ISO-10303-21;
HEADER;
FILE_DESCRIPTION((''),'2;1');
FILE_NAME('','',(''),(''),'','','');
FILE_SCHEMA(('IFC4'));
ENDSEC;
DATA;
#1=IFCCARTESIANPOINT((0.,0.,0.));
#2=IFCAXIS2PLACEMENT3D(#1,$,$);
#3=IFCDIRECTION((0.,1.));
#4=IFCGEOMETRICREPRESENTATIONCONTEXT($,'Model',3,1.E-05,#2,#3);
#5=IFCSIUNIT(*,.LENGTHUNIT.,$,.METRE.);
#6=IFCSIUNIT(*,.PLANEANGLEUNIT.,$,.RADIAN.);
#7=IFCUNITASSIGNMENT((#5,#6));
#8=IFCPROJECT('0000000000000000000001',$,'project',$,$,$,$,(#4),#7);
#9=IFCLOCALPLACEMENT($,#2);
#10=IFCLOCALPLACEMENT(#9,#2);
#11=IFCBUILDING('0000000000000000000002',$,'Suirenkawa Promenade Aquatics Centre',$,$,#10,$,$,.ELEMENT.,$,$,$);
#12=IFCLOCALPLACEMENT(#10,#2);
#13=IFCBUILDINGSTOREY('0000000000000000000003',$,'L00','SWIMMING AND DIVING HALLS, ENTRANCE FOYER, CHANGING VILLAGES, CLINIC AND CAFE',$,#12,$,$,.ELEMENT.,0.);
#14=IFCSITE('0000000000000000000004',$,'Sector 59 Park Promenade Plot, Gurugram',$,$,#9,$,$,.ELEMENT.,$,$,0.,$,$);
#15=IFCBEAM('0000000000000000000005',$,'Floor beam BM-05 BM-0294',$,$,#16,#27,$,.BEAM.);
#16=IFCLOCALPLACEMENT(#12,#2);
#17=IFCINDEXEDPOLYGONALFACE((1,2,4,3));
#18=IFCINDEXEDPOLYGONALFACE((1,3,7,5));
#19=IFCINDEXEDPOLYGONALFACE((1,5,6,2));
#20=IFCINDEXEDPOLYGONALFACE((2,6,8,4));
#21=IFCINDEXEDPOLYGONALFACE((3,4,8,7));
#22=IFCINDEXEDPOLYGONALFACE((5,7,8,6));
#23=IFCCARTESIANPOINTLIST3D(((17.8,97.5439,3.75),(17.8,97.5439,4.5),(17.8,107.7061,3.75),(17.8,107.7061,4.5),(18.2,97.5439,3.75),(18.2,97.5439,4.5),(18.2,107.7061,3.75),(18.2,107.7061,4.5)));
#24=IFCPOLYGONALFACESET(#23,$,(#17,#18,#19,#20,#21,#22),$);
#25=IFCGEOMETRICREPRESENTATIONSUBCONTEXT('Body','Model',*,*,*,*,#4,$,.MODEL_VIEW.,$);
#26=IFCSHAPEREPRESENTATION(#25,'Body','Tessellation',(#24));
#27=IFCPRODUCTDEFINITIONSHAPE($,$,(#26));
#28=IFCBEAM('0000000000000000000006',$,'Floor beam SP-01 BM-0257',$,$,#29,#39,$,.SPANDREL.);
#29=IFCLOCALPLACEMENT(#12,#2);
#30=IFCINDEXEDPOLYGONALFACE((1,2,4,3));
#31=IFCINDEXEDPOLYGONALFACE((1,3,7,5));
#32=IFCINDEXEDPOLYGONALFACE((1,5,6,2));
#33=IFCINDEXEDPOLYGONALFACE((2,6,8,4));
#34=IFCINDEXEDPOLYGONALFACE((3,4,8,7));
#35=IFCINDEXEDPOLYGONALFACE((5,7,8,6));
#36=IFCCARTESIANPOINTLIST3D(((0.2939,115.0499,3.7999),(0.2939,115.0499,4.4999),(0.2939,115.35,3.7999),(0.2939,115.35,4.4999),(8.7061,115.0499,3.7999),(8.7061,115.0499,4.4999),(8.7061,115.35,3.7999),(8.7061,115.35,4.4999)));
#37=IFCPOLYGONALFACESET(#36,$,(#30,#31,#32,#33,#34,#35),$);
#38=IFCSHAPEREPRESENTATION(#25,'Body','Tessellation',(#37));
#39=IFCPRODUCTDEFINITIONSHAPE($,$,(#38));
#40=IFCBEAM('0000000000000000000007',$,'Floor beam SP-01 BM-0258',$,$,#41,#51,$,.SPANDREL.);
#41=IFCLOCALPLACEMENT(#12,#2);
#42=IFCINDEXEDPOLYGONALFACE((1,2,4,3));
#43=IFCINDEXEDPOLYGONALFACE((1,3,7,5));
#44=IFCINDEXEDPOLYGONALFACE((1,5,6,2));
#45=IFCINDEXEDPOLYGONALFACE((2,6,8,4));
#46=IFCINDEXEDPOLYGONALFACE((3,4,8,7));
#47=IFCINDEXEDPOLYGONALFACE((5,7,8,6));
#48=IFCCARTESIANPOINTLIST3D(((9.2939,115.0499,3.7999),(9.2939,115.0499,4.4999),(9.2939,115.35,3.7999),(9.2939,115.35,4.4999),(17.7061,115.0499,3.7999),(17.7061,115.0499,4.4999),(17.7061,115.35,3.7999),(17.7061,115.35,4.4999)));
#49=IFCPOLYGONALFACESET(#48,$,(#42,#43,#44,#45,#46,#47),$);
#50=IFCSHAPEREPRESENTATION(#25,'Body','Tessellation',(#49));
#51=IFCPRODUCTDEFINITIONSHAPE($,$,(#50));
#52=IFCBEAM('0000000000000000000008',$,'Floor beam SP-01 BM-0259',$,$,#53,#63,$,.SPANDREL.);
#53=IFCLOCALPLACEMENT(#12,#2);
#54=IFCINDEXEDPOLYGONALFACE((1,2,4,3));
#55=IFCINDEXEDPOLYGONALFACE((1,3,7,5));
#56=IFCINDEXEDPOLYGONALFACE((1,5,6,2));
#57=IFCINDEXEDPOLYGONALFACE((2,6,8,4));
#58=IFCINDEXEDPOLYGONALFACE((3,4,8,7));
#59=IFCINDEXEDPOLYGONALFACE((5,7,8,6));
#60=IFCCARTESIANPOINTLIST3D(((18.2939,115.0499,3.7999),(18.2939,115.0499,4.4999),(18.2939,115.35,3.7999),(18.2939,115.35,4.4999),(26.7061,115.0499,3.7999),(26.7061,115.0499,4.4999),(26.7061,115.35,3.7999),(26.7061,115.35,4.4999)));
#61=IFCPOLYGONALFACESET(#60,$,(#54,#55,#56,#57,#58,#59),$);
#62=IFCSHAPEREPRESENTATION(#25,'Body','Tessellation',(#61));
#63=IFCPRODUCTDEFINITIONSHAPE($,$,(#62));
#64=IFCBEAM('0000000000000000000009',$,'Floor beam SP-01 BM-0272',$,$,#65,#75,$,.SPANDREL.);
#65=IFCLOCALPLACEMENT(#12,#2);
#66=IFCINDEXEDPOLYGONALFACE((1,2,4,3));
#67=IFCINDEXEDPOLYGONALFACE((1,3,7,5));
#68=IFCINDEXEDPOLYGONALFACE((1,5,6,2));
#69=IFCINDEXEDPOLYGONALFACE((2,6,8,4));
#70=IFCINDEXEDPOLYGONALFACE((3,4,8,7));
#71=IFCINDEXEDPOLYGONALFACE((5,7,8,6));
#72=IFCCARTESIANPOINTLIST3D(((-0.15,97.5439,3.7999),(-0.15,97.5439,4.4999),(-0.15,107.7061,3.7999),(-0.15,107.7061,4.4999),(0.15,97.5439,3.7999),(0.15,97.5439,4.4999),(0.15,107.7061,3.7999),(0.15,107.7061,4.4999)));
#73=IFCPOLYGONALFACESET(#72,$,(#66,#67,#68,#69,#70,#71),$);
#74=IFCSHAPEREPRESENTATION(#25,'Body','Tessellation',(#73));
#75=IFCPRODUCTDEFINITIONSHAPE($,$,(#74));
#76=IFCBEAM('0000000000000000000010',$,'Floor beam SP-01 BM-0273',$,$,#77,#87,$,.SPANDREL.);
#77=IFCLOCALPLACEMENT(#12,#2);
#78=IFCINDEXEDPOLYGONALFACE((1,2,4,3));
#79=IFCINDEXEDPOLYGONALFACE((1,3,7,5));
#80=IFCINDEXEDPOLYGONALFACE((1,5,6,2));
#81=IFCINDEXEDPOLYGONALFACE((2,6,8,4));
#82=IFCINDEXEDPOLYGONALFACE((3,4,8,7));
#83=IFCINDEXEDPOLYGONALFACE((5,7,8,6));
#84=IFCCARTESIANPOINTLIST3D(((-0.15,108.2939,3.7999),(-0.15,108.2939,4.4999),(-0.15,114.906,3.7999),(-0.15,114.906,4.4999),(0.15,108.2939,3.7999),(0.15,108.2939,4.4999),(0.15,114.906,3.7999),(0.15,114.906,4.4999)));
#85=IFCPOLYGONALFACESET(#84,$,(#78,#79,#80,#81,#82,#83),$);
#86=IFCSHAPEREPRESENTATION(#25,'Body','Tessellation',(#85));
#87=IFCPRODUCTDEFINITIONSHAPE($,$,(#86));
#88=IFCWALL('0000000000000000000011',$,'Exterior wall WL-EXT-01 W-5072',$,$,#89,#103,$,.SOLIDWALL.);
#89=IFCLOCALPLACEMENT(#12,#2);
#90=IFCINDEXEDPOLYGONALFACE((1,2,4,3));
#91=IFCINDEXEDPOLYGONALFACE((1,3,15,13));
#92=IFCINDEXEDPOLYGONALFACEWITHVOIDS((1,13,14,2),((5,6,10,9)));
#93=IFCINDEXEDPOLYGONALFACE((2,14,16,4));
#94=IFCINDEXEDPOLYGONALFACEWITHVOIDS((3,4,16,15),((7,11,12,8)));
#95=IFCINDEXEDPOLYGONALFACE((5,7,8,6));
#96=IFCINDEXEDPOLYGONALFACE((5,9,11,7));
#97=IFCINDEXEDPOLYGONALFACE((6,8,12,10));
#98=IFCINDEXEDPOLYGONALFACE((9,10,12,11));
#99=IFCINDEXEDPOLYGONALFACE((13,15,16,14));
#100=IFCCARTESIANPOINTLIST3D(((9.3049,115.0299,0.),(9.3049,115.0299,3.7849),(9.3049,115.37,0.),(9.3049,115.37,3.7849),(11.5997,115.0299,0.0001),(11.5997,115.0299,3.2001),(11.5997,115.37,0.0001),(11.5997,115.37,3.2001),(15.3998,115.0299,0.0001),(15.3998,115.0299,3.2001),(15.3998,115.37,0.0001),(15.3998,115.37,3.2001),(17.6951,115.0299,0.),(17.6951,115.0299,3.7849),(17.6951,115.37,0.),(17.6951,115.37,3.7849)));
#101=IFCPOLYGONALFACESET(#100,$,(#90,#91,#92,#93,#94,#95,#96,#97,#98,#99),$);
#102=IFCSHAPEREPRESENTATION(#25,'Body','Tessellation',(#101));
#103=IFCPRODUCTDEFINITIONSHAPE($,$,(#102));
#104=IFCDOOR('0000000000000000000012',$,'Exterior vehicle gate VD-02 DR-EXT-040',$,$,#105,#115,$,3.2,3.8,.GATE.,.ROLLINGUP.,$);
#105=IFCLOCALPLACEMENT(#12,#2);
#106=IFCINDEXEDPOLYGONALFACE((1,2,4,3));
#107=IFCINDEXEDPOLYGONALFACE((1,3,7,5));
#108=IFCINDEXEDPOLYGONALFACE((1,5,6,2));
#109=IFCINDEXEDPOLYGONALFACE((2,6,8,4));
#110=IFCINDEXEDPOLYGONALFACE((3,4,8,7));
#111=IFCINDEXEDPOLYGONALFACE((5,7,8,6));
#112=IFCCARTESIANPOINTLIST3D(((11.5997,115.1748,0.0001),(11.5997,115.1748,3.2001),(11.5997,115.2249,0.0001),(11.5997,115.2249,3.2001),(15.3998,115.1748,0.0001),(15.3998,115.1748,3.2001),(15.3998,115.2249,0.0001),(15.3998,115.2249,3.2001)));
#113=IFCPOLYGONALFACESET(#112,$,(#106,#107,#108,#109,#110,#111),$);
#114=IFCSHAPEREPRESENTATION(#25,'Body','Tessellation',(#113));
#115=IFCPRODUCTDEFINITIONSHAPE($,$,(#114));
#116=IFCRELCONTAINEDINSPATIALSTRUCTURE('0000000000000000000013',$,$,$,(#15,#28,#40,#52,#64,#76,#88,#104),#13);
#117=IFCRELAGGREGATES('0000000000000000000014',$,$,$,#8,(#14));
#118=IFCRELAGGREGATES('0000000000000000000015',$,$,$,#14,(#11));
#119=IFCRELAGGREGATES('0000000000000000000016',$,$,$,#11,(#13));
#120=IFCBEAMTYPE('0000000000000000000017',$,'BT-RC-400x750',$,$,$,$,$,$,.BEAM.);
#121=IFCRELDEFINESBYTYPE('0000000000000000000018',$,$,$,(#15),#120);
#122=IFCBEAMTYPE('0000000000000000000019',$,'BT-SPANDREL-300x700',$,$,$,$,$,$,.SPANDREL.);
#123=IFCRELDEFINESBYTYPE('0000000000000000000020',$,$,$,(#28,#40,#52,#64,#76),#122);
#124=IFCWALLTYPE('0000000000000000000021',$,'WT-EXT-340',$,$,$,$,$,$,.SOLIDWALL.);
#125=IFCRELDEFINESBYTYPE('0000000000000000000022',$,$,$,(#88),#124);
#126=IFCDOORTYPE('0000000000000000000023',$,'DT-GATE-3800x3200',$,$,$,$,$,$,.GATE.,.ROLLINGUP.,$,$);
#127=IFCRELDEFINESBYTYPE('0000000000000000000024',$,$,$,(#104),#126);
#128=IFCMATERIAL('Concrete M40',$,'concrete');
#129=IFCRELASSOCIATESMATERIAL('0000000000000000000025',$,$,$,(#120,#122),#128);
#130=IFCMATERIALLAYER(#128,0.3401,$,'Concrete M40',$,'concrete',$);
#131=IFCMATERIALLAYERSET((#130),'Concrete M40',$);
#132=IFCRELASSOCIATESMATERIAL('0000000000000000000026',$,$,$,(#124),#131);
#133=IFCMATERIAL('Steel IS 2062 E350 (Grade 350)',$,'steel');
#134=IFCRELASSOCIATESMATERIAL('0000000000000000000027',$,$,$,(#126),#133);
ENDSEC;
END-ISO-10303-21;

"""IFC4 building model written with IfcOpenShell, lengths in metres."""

from ifc_helpers import new_model, si_unit, direction, frame, frame_2d, origin, origin_2d, place, context, subcontext, project, spatial, rectangle, extrude, material, layer, layer_set, material_profile, profile_set, type_object, element, fill, save


model = new_model("IFC4")

# Units and contexts
model_context = context("Model", 3, precision=1e-05, world=origin(), true_north=direction((0.0, 1.0)))
body_context = subcontext(model_context, "Body", "Model", "MODEL_VIEW")
ifc_project = project(units=[si_unit("LENGTHUNIT", "METRE"), si_unit("PLANEANGLEUNIT", "RADIAN")], contexts=[model_context])

# Site, building, storey
site_placement = place(None, origin())
site = spatial("IfcSite", under=ifc_project, at=site_placement, Name="Sector 59 Park Promenade Plot, Gurugram", CompositionType="ELEMENT", RefElevation=0.0)
building_placement = place(site_placement, origin())
building = spatial("IfcBuilding", under=site, at=building_placement, Name="Suirenkawa Promenade Aquatics Centre", CompositionType="ELEMENT")
storey_placement = place(building_placement, origin())
storey = spatial("IfcBuildingStorey", under=building, at=storey_placement, Name="L00", Description="SWIMMING AND DIVING HALLS, ENTRANCE FOYER, CHANGING VILLAGES, CLINIC AND CAFE", CompositionType="ELEMENT", Elevation=0.0)

# Shared definitions
ifc_material_1 = material(Name="Concrete M40", Category="concrete")

# Beams
ifc_material_2 = material(Name="Steel IS 2062 E350 (Grade 350)", Category="steel")
ifc_material_profile_1 = material_profile(ifc_material_1, rectangle(XDim=0.3999, YDim=0.75, at=origin_2d()), Name="RC BM 400x750", Category="concrete")
ifc_profile_set_1 = profile_set([ifc_material_profile_1], Name="Concrete M40")
beam_type_1 = type_object("IfcBeamType", Name="BT-RC-400x750", PredefinedType="BEAM", material=ifc_profile_set_1)
for number, where, z_axis, x_axis, name in (
    (1, (18.0, 97.5439, 4.125), (0.0, 1.0, 0.0), (-1.0, 0.0, 0.0), "Floor beam BM-05 BM-0294"),
):
    element("IfcBeam", number, at=place(storey_placement, frame(where, z_axis=z_axis, x_axis=x_axis)), inside=storey, type_object=beam_type_1, Name=name, PredefinedType="BEAM", context=body_context, shape_type="SweptSolid", body=[
        extrude(rectangle(XDim=0.3999, YDim=0.75, at=origin_2d()), origin(), (0.0, 0.0, 1.0), 10.1621),
    ])
ifc_material_profile_2 = material_profile(ifc_material_1, rectangle(XDim=0.3, YDim=0.7, at=origin_2d()), Name="RC SPANDREL 300x700", Category="concrete")
ifc_profile_set_2 = profile_set([ifc_material_profile_2], Name="Concrete M40")
beam_type_2 = type_object("IfcBeamType", Name="BT-SPANDREL-300x700", PredefinedType="SPANDREL", material=ifc_profile_set_2)
for number, where, z_axis, x_axis, name in (
    (2, (0.2939, 115.2, 4.1499), (1.0, 0.0, 0.0), (0.0, 1.0, 0.0), "Floor beam SP-01 BM-0257"),
    (3, (9.2939, 115.2, 4.1499), (1.0, 0.0, 0.0), (0.0, 1.0, 0.0), "Floor beam SP-01 BM-0258"),
    (4, (18.2939, 115.2, 4.1499), (1.0, 0.0, 0.0), (0.0, 1.0, 0.0), "Floor beam SP-01 BM-0259"),
):
    element("IfcBeam", number, at=place(storey_placement, frame(where, z_axis=z_axis, x_axis=x_axis)), inside=storey, type_object=beam_type_2, Name=name, PredefinedType="SPANDREL", context=body_context, shape_type="SweptSolid", body=[
        extrude(rectangle(XDim=0.3, YDim=0.7, at=origin_2d()), origin(), (0.0, 0.0, 1.0), 8.4121),
    ])
beam_1_placement = place(storey_placement, frame((0.0, 97.5439, 4.1499), z_axis=(0.0, 1.0, 0.0), x_axis=(-1.0, 0.0, 0.0)))
element("IfcBeam", 5, at=beam_1_placement, inside=storey, type_object=beam_type_2, Name="Floor beam SP-01 BM-0272", PredefinedType="SPANDREL", context=body_context, shape_type="SweptSolid", body=[
    extrude(rectangle(XDim=0.3, YDim=0.7, at=origin_2d()), origin(), (0.0, 0.0, 1.0), 10.1621),
])
beam_2_placement = place(storey_placement, frame((0.0, 108.2939, 4.1499), z_axis=(0.0, 1.0, 0.0), x_axis=(-1.0, 0.0, 0.0)))
element("IfcBeam", 6, at=beam_2_placement, inside=storey, type_object=beam_type_2, Name="Floor beam SP-01 BM-0273", PredefinedType="SPANDREL", context=body_context, shape_type="SweptSolid", body=[
    extrude(rectangle(XDim=0.3, YDim=0.7, at=origin_2d()), origin(), (0.0, 0.0, 1.0), 6.6121),
])

# Wall, opening, door
ifc_layer = layer(ifc_material_1, 0.3401, Name="Concrete M40", Category="concrete")
ifc_layer_set = layer_set([ifc_layer], Name="Concrete M40")
wall_type = type_object("IfcWallType", Name="WT-EXT-340", PredefinedType="SOLIDWALL", material=ifc_layer_set)
wall_1_placement = place(storey_placement, frame((9.3049, 115.2, 0.0), z_axis=(0.0, 0.0, 1.0), x_axis=(1.0, 0.0, 0.0)))
wall_1 = element("IfcWall", 7, at=wall_1_placement, inside=storey, type_object=wall_type, Name="Exterior wall WL-EXT-01 W-5072", PredefinedType="SOLIDWALL", context=body_context, shape_type="SweptSolid", body=[
    extrude(rectangle(XDim=8.3901, YDim=0.3401, at=frame_2d((4.1951, 0.0))), origin(), (0.0, 0.0, 1.0), 3.7849),
])
opening_1_placement = place(wall_1_placement, frame((2.2949, 0.0, 0.0)))
opening_1 = element("IfcOpeningElement", 8, at=opening_1_placement, cuts=wall_1, PredefinedType="OPENING", context=body_context, shape_type="SweptSolid", body=[
    extrude(rectangle(XDim=3.8, YDim=3.2, at=frame_2d((1.8999, 1.6001))), frame((0.0, 0.1799, 0.0), z_axis=(0.0, -1.0, 0.0), x_axis=(1.0, 0.0, 0.0)), (0.0, 0.0, 1.0), 0.3601),
])
door_type_1 = type_object("IfcDoorType", Name="DT-GATE-3800x3200", OperationType="ROLLINGUP", PredefinedType="GATE", material=ifc_material_2)
door_1_placement = place(opening_1_placement, origin())
door_1 = element("IfcDoor", 9, at=door_1_placement, inside=storey, type_object=door_type_1, Name="Exterior vehicle gate VD-02 DR-EXT-040", OperationType="ROLLINGUP", OverallHeight=3.2, OverallWidth=3.8, PredefinedType="GATE", context=body_context, shape_type="SweptSolid", body=[
    extrude(rectangle(XDim=3.8, YDim=3.2, at=frame_2d((1.8999, 1.6001))), frame((0.0, 0.0249, 0.0), z_axis=(0.0, -1.0, 0.0), x_axis=(1.0, 0.0, 0.0)), (0.0, 0.0, 1.0), 0.05),
])
fill(opening_1, door_1)

save(model, "model.ifc")
